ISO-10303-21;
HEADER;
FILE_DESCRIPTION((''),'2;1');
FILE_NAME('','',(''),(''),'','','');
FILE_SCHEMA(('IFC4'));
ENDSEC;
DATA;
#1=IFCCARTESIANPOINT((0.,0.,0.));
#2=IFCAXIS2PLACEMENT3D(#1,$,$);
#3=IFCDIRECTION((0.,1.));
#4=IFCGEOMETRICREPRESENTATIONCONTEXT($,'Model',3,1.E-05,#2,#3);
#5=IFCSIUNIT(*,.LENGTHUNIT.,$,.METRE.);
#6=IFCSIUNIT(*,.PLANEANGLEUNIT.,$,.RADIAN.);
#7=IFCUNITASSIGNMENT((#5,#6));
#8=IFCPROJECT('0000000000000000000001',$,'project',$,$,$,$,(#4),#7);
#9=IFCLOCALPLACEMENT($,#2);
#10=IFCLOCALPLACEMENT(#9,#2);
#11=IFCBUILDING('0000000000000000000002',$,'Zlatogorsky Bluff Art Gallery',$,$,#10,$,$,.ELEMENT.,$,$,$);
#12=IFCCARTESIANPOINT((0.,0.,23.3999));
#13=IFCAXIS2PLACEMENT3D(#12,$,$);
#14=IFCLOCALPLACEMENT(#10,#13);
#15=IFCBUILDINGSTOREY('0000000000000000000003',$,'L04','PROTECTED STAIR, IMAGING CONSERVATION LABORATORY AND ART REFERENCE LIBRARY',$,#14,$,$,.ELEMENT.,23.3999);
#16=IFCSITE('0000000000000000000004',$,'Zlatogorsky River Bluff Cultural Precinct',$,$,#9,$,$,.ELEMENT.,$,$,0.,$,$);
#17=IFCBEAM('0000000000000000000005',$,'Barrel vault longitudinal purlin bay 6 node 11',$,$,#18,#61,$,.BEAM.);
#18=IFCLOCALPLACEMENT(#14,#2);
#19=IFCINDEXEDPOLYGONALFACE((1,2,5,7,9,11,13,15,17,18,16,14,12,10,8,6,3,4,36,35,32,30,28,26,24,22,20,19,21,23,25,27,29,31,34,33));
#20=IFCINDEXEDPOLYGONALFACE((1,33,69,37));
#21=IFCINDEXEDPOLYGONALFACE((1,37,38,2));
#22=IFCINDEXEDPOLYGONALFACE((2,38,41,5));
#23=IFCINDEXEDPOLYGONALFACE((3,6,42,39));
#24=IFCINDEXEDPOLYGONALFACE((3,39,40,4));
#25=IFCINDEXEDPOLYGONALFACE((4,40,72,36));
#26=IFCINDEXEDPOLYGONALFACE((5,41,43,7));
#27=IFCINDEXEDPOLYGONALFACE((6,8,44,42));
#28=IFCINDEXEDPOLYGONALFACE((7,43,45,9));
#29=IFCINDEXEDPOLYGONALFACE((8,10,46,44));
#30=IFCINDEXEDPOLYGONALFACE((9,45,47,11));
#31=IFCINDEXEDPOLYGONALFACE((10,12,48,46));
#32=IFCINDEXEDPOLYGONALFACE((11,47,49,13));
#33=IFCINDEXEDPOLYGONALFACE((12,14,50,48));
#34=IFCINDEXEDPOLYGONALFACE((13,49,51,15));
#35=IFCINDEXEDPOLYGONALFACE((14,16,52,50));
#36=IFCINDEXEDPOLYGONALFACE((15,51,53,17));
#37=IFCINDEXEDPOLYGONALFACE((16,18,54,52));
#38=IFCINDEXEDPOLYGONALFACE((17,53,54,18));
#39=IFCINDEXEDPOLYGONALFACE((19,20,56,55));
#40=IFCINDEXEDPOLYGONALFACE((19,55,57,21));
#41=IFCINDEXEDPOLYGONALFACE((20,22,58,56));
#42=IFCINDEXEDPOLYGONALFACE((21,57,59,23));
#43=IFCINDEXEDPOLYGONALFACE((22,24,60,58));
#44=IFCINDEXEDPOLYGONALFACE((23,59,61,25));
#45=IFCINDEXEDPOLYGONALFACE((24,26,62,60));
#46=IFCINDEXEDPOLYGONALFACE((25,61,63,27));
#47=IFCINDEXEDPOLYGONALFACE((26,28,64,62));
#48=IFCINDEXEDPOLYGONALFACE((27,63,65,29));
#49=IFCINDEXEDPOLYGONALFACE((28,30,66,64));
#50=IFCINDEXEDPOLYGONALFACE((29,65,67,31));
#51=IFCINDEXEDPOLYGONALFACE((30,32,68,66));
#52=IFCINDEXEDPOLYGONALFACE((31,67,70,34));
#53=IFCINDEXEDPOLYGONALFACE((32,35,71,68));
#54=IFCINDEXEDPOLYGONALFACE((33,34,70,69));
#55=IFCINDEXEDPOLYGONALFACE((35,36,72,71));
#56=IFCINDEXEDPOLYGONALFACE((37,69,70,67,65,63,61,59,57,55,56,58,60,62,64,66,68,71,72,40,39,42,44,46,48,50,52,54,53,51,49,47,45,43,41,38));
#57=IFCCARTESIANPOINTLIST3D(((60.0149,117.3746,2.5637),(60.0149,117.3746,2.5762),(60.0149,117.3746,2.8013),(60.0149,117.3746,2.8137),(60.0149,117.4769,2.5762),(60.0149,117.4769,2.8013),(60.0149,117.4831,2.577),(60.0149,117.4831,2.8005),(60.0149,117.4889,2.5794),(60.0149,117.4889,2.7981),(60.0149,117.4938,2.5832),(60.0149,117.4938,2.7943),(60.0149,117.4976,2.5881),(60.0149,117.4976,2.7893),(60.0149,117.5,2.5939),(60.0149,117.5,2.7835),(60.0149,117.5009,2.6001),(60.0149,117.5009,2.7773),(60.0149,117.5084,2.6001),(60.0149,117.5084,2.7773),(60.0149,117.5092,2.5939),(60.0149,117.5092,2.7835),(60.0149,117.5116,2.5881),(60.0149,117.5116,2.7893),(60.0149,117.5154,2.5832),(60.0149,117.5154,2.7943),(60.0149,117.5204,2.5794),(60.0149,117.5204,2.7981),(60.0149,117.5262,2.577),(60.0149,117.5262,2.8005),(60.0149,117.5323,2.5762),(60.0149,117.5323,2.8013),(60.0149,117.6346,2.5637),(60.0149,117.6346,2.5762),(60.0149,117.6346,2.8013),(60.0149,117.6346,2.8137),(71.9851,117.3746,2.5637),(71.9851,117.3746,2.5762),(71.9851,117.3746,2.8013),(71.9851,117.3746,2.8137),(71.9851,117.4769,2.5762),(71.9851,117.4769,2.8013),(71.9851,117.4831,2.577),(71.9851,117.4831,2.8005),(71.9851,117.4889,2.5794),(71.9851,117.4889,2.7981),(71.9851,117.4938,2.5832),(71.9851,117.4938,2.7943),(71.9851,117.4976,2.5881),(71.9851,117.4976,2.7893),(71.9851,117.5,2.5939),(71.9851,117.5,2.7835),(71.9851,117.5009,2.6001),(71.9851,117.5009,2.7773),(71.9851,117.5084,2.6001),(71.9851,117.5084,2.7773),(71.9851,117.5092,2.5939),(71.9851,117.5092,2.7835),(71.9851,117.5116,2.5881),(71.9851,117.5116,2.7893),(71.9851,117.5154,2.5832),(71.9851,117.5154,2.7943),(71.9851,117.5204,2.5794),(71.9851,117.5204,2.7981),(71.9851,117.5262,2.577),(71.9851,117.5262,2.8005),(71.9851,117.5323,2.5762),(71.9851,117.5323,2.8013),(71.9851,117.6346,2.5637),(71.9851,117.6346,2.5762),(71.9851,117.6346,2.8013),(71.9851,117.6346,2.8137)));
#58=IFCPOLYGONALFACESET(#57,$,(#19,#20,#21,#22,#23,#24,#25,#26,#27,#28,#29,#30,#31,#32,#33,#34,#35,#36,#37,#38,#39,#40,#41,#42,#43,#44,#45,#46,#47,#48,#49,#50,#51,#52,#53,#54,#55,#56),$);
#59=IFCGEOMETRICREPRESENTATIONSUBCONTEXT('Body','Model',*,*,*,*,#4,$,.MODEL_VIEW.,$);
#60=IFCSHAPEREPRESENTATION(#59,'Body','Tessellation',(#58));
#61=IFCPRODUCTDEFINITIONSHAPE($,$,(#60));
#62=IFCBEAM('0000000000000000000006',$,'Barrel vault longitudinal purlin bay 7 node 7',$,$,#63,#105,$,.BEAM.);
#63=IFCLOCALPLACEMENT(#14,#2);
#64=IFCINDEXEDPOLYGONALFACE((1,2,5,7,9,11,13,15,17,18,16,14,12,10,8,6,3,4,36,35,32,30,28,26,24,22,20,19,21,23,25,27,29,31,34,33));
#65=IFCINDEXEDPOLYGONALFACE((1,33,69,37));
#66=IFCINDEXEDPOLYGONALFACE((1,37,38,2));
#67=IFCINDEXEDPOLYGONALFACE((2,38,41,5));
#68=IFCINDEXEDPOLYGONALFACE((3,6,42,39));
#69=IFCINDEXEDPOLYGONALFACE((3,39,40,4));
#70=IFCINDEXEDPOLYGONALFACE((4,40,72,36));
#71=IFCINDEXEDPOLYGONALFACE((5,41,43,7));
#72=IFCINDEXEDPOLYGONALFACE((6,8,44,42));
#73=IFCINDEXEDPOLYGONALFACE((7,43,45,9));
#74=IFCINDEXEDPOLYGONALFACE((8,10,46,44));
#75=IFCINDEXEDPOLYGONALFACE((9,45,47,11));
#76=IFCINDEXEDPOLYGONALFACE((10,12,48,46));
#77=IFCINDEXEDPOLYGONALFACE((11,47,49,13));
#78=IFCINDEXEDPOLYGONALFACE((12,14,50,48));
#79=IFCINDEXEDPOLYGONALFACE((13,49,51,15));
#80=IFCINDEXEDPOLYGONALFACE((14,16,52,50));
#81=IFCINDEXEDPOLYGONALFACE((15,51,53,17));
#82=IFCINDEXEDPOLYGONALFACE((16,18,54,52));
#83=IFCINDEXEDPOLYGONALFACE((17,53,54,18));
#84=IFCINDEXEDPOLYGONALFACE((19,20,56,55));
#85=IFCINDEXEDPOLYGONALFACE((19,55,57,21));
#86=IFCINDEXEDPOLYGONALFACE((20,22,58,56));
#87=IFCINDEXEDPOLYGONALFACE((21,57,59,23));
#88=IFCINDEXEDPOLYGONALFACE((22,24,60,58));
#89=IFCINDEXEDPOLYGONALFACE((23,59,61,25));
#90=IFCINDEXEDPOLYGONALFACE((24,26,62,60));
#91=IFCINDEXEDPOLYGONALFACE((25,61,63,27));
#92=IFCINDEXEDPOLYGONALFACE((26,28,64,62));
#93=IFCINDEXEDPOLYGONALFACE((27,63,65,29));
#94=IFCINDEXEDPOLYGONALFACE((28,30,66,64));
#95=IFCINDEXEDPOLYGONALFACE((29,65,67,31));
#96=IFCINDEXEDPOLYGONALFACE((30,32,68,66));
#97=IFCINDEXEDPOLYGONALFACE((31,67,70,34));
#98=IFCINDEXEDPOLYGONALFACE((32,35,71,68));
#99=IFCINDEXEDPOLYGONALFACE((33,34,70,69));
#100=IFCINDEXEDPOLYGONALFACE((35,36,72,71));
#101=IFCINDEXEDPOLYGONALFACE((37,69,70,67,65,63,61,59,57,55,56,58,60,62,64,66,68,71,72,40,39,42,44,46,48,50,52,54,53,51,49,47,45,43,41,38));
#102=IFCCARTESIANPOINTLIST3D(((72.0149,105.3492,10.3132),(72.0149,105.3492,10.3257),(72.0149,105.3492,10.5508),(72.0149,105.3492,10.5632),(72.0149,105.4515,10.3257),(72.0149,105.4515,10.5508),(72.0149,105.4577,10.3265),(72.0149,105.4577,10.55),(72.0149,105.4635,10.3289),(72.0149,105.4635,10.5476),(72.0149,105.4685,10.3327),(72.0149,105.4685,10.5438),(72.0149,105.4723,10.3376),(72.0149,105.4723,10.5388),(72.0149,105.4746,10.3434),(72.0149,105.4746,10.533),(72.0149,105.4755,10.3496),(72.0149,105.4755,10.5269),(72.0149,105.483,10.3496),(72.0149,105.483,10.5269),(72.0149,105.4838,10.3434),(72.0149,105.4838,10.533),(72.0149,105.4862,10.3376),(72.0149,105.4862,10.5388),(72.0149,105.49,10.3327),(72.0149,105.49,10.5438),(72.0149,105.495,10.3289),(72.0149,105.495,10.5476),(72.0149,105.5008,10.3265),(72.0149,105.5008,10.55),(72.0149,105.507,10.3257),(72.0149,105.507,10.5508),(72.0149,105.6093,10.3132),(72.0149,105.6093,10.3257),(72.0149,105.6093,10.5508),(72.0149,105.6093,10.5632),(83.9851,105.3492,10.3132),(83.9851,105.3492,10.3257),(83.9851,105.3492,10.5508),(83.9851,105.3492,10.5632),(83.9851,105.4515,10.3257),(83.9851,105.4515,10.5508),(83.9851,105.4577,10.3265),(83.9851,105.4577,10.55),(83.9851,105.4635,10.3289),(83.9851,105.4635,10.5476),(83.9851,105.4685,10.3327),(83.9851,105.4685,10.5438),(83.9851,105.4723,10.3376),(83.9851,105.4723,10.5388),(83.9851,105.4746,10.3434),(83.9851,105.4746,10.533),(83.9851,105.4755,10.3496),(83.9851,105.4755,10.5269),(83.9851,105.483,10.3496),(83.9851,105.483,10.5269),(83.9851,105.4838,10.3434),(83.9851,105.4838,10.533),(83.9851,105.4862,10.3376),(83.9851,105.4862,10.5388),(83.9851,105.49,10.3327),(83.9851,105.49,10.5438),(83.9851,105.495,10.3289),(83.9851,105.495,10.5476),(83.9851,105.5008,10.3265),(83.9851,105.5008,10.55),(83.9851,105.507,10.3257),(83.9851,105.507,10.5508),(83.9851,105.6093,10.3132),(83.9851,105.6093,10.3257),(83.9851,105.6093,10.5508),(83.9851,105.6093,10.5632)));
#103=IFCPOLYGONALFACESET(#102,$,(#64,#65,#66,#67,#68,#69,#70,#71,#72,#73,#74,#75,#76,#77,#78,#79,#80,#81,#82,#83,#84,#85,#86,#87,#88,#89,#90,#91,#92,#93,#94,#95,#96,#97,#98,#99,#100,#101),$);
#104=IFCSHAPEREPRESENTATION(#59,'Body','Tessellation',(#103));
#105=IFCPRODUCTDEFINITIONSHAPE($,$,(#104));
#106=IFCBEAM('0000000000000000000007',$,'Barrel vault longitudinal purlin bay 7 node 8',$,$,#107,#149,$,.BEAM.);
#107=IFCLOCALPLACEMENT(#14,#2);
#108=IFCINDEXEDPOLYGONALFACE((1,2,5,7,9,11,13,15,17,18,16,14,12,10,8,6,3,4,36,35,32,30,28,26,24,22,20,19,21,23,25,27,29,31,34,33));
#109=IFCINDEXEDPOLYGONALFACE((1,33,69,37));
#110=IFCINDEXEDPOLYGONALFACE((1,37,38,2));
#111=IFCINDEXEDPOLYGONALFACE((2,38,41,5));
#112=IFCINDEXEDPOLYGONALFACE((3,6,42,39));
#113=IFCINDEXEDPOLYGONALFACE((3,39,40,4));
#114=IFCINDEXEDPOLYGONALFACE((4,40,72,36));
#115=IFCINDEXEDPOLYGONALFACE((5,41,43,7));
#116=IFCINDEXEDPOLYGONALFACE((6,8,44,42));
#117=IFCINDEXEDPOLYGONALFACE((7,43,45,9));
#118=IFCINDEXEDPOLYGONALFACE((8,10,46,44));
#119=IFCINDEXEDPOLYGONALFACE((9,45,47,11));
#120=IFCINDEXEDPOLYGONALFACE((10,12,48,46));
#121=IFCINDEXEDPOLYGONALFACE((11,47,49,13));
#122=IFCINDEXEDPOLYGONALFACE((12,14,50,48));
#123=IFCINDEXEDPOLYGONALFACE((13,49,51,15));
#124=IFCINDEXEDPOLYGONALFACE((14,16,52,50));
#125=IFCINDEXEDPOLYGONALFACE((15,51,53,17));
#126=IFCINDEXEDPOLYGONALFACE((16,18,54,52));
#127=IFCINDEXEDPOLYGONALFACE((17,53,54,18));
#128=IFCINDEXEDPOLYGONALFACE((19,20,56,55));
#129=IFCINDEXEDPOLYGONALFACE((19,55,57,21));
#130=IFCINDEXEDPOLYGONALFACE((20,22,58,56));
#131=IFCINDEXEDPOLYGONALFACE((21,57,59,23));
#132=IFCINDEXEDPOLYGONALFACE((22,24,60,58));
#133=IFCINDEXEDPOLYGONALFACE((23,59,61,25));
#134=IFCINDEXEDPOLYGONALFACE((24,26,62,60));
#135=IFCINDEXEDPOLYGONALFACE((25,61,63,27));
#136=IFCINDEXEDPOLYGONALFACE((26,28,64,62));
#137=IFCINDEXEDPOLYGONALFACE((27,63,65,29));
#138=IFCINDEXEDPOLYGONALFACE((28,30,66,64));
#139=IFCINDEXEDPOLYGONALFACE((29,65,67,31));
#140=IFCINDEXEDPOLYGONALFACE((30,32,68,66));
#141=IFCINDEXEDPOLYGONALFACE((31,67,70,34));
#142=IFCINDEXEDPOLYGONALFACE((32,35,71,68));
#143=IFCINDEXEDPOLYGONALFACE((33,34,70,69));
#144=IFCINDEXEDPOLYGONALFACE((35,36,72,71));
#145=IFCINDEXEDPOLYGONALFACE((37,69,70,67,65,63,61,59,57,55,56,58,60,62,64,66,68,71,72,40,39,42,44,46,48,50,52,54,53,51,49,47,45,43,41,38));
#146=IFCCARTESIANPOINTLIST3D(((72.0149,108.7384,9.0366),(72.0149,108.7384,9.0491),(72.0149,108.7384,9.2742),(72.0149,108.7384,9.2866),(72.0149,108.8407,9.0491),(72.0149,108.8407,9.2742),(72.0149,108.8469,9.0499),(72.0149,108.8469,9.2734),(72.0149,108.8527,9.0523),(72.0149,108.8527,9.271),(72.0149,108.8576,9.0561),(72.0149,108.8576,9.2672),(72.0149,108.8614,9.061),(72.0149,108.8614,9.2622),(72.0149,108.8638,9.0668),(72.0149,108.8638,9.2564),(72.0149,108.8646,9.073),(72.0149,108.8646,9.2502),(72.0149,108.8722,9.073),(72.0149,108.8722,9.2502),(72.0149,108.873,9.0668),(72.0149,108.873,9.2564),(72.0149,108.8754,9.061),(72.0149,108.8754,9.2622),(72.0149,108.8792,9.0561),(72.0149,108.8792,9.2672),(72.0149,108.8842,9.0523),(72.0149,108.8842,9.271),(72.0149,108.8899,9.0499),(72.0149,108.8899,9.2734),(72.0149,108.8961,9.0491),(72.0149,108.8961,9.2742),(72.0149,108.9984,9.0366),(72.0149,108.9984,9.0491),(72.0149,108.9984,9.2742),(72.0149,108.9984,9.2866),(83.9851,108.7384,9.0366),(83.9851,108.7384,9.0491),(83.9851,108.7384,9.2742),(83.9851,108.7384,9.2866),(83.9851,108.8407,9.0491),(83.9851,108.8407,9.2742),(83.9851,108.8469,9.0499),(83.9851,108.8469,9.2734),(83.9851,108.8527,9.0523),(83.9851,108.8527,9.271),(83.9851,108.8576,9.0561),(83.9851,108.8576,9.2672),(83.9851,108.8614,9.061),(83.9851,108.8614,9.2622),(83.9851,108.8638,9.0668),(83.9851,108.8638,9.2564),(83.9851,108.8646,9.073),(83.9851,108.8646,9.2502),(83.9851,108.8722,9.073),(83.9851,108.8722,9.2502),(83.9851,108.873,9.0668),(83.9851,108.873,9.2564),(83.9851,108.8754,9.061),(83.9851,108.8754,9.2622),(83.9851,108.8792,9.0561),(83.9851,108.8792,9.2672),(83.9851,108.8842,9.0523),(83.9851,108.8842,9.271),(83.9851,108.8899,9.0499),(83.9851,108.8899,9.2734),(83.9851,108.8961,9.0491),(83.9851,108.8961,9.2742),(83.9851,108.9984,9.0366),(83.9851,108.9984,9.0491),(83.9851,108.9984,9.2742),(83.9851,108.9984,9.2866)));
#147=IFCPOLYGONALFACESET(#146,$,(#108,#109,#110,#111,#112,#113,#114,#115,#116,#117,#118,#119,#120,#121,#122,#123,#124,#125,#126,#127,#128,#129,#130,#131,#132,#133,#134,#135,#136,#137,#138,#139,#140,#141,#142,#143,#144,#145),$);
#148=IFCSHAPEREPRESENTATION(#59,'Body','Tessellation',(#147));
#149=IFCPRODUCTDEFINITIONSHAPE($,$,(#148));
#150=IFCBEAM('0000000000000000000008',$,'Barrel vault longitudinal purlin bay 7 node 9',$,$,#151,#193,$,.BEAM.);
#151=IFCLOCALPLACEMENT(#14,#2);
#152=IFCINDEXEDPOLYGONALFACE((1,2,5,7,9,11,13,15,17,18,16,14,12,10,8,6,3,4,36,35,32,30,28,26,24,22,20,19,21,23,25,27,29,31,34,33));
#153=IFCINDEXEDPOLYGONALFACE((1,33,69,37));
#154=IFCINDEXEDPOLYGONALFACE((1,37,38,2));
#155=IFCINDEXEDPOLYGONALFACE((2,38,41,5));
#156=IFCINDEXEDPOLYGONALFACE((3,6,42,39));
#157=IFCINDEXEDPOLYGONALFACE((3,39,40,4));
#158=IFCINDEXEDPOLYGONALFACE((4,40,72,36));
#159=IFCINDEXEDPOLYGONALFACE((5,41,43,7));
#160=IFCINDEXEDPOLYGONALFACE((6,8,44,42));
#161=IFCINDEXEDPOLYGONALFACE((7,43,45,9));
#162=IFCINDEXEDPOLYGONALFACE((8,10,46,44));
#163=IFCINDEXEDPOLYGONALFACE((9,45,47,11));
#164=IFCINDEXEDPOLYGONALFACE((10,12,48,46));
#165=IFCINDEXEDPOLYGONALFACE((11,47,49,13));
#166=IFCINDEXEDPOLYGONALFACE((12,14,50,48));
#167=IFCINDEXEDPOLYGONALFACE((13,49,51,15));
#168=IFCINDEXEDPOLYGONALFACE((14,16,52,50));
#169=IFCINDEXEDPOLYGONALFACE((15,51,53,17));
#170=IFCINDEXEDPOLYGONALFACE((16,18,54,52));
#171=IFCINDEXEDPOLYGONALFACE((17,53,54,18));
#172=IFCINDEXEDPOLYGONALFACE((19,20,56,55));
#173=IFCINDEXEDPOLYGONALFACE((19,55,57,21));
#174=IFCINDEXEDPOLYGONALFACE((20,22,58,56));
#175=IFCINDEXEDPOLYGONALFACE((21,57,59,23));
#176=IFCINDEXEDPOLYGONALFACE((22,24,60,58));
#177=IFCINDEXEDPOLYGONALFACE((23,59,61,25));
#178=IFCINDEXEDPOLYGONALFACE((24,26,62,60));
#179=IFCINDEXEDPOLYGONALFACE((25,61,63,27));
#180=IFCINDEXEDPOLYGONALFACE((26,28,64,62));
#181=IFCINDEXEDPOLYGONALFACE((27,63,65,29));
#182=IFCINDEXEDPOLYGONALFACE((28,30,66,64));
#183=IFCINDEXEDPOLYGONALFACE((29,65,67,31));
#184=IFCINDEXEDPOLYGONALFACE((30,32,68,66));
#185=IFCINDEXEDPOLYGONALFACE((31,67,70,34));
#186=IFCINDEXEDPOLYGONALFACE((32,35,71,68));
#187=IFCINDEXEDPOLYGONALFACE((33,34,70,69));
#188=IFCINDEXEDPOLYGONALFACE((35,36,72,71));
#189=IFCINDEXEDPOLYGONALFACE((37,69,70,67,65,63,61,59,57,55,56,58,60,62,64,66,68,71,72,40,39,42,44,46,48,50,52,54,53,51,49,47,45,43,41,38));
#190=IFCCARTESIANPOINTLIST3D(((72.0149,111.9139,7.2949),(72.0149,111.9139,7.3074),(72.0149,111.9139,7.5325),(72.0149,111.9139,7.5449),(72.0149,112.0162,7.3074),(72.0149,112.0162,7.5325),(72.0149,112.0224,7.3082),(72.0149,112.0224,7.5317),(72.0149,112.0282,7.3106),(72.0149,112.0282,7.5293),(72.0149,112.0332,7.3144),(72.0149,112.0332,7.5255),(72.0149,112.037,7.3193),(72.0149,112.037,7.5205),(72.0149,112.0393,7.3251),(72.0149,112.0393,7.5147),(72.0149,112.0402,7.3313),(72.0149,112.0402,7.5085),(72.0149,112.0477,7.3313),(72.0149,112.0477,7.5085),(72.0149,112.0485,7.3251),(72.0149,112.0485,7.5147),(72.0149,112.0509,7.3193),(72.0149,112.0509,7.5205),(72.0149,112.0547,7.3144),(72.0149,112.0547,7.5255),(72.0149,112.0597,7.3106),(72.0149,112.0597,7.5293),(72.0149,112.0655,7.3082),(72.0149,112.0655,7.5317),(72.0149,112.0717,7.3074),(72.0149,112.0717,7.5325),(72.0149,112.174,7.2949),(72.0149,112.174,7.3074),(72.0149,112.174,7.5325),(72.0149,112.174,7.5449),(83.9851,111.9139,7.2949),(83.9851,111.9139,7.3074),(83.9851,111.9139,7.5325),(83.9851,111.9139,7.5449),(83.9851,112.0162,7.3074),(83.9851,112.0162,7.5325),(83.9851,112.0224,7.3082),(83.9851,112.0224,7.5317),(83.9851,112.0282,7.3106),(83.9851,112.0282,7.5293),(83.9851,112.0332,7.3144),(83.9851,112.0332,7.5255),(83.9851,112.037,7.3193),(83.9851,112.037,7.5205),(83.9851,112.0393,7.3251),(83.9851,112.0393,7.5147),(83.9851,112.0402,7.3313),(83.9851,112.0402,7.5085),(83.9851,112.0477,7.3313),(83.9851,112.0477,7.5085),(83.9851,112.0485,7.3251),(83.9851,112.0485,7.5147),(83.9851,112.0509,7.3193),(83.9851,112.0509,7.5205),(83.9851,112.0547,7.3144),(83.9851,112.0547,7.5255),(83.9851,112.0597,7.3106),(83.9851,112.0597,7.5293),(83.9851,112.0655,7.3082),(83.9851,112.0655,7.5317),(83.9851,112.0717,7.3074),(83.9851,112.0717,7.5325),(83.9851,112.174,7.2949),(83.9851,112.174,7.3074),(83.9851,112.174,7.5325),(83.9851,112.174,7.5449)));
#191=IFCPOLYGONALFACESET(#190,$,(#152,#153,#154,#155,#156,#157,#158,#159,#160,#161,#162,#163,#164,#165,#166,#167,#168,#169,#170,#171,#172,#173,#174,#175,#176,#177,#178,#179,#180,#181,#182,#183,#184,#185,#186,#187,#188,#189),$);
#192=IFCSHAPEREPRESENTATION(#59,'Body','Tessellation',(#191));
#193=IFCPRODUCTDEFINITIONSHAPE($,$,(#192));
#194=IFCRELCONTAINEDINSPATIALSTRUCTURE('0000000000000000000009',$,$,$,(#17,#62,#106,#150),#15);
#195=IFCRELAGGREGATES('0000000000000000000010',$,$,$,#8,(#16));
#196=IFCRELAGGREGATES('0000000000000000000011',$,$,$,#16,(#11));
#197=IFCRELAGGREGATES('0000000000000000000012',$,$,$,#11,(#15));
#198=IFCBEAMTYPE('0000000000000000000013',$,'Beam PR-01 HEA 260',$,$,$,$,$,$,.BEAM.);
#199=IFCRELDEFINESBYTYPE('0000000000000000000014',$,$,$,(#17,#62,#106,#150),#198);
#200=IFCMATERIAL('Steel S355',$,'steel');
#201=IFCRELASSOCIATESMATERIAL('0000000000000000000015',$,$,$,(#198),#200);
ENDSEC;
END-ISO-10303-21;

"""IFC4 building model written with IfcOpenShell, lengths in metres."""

from ifc_helpers import new_model, si_unit, direction, frame, origin, origin_2d, place, context, subcontext, project, spatial, i_section, extrude, material, material_profile, profile_set, type_object, element, save


model = new_model("IFC4")

# Units and contexts
model_context = context("Model", 3, precision=1e-05, world=origin(), true_north=direction((0.0, 1.0)))
body_context = subcontext(model_context, "Body", "Model", "MODEL_VIEW")
ifc_project = project(units=[si_unit("LENGTHUNIT", "METRE"), si_unit("PLANEANGLEUNIT", "RADIAN")], contexts=[model_context])

# Site, building, storey
site_placement = place(None, origin())
site = spatial("IfcSite", under=ifc_project, at=site_placement, Name="Zlatogorsky River Bluff Cultural Precinct", CompositionType="ELEMENT", RefElevation=0.0)
building_placement = place(site_placement, origin())
building = spatial("IfcBuilding", under=site, at=building_placement, Name="Zlatogorsky Bluff Art Gallery", CompositionType="ELEMENT")
storey_placement = place(building_placement, frame((0.0, 0.0, 23.3999)))
storey = spatial("IfcBuildingStorey", under=building, at=storey_placement, Name="L04", Description="PROTECTED STAIR, IMAGING CONSERVATION LABORATORY AND ART REFERENCE LIBRARY", CompositionType="ELEMENT", Elevation=23.3999)

# Beams
ifc_material_1 = material(Name="Steel S355", Category="steel")
ifc_material_profile_1 = material_profile(ifc_material_1, i_section(OverallWidth=0.26, OverallDepth=0.25, WebThickness=0.0076, FlangeThickness=0.0125, FilletRadius=0.0239, at=origin_2d()), Name="HEA 260")
ifc_profile_set_1 = profile_set([ifc_material_profile_1], Name="Steel S355")
beam_type_1 = type_object("IfcBeamType", Name="Beam PR-01 HEA 260", PredefinedType="BEAM", material=ifc_profile_set_1)
for number, where, z_axis, x_axis, name in (
    (1, (60.0149, 117.5046, 2.6887), (1.0, 0.0, 0.0), (0.0, 1.0, 0.0), "Barrel vault longitudinal purlin bay 6 node 11"),
    (2, (72.0149, 105.4792, 10.4382), (1.0, 0.0, 0.0), (0.0, 1.0, 0.0), "Barrel vault longitudinal purlin bay 7 node 7"),
    (3, (72.0149, 108.8684, 9.1616), (1.0, 0.0, 0.0), (0.0, 1.0, 0.0), "Barrel vault longitudinal purlin bay 7 node 8"),
    (4, (72.0149, 112.0439, 7.4199), (1.0, 0.0, 0.0), (0.0, 1.0, 0.0), "Barrel vault longitudinal purlin bay 7 node 9"),
):
    element("IfcBeam", number, at=place(storey_placement, frame(where, z_axis=z_axis, x_axis=x_axis)), inside=storey, type_object=beam_type_1, Name=name, PredefinedType="BEAM", context=body_context, shape_type="SweptSolid", body=[
        extrude(i_section(OverallWidth=0.26, OverallDepth=0.25, WebThickness=0.0076, FlangeThickness=0.0125, FilletRadius=0.0239, at=origin_2d()), origin(), (0.0, 0.0, 1.0), 11.9702),
    ])

save(model, "model.ifc")
